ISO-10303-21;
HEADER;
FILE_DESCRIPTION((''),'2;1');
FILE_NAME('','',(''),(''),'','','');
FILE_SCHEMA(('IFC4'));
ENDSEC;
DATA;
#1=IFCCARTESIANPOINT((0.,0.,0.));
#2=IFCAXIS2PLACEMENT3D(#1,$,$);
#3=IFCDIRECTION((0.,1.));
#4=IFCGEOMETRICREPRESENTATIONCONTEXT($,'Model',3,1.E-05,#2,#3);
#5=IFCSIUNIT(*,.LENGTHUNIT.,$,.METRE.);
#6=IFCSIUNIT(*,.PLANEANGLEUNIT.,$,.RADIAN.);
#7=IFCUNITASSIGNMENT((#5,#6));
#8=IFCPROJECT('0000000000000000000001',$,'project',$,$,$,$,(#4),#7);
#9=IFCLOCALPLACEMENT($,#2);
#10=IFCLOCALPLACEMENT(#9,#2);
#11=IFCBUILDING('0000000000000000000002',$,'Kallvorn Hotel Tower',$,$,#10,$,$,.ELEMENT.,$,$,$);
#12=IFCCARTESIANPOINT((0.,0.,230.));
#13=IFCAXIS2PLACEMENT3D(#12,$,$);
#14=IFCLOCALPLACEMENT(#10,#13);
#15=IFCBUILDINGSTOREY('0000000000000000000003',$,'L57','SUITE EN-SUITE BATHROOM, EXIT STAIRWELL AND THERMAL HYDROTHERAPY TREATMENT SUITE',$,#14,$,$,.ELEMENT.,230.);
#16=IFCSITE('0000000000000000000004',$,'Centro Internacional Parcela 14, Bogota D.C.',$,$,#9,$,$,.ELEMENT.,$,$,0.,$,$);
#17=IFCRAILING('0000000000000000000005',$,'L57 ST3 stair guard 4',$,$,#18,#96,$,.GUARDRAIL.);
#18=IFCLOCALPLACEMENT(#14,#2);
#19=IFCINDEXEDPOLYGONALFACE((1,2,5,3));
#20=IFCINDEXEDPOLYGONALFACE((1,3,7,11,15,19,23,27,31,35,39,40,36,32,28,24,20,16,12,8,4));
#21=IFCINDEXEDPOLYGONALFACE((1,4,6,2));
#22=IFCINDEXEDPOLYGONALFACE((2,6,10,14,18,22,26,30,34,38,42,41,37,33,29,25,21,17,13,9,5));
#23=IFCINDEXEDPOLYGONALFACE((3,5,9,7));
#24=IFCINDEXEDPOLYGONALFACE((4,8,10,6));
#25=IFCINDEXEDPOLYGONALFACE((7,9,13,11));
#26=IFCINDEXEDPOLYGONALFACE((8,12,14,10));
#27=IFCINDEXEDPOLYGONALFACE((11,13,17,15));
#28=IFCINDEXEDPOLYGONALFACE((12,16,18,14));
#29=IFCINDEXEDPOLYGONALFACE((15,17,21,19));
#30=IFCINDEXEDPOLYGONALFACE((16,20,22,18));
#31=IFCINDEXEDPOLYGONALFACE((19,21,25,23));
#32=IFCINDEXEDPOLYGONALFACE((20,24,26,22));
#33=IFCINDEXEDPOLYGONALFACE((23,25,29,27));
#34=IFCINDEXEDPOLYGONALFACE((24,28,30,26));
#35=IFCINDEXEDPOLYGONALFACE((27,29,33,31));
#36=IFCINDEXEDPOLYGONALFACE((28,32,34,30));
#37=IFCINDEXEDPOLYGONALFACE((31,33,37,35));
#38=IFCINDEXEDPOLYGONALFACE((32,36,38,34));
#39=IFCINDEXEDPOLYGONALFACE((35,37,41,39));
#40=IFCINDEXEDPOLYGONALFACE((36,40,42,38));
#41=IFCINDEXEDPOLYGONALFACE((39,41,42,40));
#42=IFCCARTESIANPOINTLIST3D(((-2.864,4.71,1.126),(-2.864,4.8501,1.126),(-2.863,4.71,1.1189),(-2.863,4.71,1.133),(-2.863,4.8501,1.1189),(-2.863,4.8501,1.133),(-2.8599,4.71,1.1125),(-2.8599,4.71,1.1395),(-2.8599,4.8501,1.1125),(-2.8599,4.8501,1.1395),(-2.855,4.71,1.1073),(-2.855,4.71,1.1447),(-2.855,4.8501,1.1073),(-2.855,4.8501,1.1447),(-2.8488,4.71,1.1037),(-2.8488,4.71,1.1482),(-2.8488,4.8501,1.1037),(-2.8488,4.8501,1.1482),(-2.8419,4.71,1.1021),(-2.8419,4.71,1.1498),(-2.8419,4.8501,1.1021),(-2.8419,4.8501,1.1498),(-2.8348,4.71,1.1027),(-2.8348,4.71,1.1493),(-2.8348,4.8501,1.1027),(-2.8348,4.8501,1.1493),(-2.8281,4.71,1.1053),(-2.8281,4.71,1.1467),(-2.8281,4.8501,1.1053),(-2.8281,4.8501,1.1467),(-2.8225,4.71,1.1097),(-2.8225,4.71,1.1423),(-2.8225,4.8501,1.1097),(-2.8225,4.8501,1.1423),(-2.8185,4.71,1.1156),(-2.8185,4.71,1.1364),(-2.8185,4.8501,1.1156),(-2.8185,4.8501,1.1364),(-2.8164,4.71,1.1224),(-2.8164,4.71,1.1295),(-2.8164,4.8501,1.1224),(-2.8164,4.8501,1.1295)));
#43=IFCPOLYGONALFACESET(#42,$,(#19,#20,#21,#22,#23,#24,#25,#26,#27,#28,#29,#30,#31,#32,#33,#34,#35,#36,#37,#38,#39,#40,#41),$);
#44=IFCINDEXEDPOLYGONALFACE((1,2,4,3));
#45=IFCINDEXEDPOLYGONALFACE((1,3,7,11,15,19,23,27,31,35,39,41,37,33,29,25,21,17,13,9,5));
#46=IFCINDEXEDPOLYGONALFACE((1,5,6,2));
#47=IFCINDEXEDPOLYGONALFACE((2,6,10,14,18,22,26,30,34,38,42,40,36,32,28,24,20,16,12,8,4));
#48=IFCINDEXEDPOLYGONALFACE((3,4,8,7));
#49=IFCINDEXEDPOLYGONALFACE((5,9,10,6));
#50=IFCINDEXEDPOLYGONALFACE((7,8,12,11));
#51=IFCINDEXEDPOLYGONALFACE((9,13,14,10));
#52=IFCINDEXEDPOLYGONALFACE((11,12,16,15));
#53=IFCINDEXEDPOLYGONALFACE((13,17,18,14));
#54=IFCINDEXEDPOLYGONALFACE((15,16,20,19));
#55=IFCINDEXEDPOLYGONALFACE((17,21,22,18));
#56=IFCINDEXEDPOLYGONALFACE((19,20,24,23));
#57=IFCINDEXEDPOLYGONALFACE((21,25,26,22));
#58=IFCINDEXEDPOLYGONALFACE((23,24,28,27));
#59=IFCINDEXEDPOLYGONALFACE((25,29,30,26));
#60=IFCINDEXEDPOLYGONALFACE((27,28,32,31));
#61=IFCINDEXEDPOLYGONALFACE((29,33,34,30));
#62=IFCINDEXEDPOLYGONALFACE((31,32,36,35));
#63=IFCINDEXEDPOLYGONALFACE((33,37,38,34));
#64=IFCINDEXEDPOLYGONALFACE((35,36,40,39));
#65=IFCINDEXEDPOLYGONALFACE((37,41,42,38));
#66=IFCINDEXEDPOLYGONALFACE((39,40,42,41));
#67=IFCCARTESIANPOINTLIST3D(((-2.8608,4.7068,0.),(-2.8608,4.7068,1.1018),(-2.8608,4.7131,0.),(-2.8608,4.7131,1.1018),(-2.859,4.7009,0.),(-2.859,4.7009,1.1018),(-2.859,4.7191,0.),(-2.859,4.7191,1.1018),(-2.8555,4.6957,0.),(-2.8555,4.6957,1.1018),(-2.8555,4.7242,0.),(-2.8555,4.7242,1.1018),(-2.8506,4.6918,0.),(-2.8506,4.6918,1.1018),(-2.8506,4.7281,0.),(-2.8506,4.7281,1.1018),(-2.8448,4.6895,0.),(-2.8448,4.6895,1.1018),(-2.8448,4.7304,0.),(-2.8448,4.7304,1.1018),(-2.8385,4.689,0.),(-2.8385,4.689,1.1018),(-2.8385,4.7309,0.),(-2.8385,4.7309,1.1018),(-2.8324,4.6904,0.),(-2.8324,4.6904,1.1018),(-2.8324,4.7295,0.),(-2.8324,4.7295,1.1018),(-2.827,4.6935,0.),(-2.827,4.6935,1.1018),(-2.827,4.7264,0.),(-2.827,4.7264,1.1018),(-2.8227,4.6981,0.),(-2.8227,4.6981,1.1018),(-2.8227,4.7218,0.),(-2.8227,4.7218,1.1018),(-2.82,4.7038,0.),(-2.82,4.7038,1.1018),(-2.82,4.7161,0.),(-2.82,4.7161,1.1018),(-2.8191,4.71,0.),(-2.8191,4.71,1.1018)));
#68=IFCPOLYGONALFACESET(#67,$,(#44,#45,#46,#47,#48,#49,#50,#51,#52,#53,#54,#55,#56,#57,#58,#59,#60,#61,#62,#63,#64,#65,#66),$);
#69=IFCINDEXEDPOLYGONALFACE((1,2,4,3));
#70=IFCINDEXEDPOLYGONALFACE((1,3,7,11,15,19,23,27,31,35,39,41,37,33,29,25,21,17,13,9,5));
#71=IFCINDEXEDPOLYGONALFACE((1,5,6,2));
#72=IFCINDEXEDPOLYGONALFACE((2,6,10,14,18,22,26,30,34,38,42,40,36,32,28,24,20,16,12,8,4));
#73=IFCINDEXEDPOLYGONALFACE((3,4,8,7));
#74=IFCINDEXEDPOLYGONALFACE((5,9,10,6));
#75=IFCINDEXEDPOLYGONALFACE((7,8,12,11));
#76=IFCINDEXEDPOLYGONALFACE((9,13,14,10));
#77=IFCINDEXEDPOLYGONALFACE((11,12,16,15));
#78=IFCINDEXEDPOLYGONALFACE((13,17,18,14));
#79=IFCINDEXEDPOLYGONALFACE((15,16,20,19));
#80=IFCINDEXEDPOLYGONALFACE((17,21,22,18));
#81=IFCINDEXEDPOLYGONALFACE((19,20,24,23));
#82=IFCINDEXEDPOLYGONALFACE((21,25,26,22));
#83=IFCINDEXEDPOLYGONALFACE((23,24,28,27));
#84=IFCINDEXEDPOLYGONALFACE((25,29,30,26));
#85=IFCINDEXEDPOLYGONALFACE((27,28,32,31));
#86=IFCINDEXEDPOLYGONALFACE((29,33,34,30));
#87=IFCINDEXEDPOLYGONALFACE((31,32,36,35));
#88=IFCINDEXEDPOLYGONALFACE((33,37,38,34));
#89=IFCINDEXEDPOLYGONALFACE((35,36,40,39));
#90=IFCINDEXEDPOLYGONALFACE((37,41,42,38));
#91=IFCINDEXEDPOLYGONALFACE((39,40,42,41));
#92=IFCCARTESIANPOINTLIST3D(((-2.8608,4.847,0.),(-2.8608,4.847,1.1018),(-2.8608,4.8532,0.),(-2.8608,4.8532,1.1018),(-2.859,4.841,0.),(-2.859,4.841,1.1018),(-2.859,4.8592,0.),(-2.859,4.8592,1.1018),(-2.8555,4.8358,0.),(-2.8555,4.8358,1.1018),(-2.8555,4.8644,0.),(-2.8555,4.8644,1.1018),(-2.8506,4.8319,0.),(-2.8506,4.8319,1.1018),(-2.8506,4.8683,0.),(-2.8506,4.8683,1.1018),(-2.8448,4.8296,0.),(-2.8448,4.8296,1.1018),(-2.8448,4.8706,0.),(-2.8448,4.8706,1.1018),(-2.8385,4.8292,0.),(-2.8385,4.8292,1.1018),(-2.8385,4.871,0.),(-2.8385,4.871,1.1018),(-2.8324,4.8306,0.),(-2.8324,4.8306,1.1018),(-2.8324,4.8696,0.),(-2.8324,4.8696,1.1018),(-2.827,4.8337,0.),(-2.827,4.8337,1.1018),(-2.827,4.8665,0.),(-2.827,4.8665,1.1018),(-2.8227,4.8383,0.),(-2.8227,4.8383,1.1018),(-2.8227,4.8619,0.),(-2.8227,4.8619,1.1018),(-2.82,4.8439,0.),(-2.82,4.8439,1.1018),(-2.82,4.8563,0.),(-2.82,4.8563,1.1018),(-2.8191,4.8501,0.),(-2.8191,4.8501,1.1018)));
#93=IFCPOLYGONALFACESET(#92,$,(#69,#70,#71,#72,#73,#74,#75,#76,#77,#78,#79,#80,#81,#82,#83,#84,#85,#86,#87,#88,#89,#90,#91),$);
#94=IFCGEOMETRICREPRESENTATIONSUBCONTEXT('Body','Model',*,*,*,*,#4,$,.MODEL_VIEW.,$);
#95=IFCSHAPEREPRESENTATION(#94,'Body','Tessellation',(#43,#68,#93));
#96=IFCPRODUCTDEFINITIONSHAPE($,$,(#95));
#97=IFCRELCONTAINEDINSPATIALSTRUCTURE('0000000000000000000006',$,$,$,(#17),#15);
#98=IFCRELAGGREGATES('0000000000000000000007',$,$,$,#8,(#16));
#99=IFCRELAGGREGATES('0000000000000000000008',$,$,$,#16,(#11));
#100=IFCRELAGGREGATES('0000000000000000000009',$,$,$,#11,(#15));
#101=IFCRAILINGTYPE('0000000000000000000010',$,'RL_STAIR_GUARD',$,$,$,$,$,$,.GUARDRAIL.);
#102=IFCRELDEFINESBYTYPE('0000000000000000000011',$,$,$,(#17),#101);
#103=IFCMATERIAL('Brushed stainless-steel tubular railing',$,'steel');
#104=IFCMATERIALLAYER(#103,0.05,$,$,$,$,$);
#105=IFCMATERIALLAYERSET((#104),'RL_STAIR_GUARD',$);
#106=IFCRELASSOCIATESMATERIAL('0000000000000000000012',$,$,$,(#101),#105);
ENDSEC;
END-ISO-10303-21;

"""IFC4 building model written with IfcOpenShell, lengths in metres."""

from ifc_helpers import new_model, si_unit, direction, frame, origin, origin_2d, place, context, subcontext, project, spatial, circle, extrude, material, layer, layer_set, type_object, element, save


model = new_model("IFC4")

# Units and contexts
model_context = context("Model", 3, precision=1e-05, world=origin(), true_north=direction((0.0, 1.0)))
body_context = subcontext(model_context, "Body", "Model", "MODEL_VIEW")
ifc_project = project(units=[si_unit("LENGTHUNIT", "METRE"), si_unit("PLANEANGLEUNIT", "RADIAN")], contexts=[model_context])

# Site, building, storey
site_placement = place(None, origin())
site = spatial("IfcSite", under=ifc_project, at=site_placement, Name="Centro Internacional Parcela 14, Bogota D.C.", CompositionType="ELEMENT", RefElevation=0.0)
building_placement = place(site_placement, origin())
building = spatial("IfcBuilding", under=site, at=building_placement, Name="Kallvorn Hotel Tower", CompositionType="ELEMENT")
storey_placement = place(building_placement, frame((0.0, 0.0, 230.0)))
storey = spatial("IfcBuildingStorey", under=building, at=storey_placement, Name="L57", Description="SUITE EN-SUITE BATHROOM, EXIT STAIRWELL AND THERMAL HYDROTHERAPY TREATMENT SUITE", CompositionType="ELEMENT", Elevation=230.0)

# Railing
ifc_material_1 = material(Name="Brushed stainless-steel tubular railing", Category="steel")
ifc_layer_1 = layer(ifc_material_1, 0.05)
ifc_layer_set_1 = layer_set([ifc_layer_1], Name="RL_STAIR_GUARD")
railing_type_1 = type_object("IfcRailingType", Name="RL_STAIR_GUARD", PredefinedType="GUARDRAIL", material=ifc_layer_set_1)
railing_1_placement = place(storey_placement, frame((-2.8401, 4.71, 0.0)))
element("IfcRailing", 1, at=railing_1_placement, inside=storey, type_object=railing_type_1, Name="L57 ST3 stair guard 4", PredefinedType="GUARDRAIL", context=body_context, shape_type="SweptSolid", body=[
    extrude(circle(Radius=0.0239, at=origin_2d()), frame((0.0, 0.0, 1.126), z_axis=(0.0, 1.0, 0.0), x_axis=(-1.0, 0.0, 0.0)), (0.0, 0.0, 1.0), 0.1401),
    extrude(circle(Radius=0.021, at=origin_2d()), origin(), (0.0, 0.0, 1.0), 1.1018),
    extrude(circle(Radius=0.021, at=origin_2d()), frame((0.0, 0.1401, 0.0)), (0.0, 0.0, 1.0), 1.1018),
])

save(model, "model.ifc")
